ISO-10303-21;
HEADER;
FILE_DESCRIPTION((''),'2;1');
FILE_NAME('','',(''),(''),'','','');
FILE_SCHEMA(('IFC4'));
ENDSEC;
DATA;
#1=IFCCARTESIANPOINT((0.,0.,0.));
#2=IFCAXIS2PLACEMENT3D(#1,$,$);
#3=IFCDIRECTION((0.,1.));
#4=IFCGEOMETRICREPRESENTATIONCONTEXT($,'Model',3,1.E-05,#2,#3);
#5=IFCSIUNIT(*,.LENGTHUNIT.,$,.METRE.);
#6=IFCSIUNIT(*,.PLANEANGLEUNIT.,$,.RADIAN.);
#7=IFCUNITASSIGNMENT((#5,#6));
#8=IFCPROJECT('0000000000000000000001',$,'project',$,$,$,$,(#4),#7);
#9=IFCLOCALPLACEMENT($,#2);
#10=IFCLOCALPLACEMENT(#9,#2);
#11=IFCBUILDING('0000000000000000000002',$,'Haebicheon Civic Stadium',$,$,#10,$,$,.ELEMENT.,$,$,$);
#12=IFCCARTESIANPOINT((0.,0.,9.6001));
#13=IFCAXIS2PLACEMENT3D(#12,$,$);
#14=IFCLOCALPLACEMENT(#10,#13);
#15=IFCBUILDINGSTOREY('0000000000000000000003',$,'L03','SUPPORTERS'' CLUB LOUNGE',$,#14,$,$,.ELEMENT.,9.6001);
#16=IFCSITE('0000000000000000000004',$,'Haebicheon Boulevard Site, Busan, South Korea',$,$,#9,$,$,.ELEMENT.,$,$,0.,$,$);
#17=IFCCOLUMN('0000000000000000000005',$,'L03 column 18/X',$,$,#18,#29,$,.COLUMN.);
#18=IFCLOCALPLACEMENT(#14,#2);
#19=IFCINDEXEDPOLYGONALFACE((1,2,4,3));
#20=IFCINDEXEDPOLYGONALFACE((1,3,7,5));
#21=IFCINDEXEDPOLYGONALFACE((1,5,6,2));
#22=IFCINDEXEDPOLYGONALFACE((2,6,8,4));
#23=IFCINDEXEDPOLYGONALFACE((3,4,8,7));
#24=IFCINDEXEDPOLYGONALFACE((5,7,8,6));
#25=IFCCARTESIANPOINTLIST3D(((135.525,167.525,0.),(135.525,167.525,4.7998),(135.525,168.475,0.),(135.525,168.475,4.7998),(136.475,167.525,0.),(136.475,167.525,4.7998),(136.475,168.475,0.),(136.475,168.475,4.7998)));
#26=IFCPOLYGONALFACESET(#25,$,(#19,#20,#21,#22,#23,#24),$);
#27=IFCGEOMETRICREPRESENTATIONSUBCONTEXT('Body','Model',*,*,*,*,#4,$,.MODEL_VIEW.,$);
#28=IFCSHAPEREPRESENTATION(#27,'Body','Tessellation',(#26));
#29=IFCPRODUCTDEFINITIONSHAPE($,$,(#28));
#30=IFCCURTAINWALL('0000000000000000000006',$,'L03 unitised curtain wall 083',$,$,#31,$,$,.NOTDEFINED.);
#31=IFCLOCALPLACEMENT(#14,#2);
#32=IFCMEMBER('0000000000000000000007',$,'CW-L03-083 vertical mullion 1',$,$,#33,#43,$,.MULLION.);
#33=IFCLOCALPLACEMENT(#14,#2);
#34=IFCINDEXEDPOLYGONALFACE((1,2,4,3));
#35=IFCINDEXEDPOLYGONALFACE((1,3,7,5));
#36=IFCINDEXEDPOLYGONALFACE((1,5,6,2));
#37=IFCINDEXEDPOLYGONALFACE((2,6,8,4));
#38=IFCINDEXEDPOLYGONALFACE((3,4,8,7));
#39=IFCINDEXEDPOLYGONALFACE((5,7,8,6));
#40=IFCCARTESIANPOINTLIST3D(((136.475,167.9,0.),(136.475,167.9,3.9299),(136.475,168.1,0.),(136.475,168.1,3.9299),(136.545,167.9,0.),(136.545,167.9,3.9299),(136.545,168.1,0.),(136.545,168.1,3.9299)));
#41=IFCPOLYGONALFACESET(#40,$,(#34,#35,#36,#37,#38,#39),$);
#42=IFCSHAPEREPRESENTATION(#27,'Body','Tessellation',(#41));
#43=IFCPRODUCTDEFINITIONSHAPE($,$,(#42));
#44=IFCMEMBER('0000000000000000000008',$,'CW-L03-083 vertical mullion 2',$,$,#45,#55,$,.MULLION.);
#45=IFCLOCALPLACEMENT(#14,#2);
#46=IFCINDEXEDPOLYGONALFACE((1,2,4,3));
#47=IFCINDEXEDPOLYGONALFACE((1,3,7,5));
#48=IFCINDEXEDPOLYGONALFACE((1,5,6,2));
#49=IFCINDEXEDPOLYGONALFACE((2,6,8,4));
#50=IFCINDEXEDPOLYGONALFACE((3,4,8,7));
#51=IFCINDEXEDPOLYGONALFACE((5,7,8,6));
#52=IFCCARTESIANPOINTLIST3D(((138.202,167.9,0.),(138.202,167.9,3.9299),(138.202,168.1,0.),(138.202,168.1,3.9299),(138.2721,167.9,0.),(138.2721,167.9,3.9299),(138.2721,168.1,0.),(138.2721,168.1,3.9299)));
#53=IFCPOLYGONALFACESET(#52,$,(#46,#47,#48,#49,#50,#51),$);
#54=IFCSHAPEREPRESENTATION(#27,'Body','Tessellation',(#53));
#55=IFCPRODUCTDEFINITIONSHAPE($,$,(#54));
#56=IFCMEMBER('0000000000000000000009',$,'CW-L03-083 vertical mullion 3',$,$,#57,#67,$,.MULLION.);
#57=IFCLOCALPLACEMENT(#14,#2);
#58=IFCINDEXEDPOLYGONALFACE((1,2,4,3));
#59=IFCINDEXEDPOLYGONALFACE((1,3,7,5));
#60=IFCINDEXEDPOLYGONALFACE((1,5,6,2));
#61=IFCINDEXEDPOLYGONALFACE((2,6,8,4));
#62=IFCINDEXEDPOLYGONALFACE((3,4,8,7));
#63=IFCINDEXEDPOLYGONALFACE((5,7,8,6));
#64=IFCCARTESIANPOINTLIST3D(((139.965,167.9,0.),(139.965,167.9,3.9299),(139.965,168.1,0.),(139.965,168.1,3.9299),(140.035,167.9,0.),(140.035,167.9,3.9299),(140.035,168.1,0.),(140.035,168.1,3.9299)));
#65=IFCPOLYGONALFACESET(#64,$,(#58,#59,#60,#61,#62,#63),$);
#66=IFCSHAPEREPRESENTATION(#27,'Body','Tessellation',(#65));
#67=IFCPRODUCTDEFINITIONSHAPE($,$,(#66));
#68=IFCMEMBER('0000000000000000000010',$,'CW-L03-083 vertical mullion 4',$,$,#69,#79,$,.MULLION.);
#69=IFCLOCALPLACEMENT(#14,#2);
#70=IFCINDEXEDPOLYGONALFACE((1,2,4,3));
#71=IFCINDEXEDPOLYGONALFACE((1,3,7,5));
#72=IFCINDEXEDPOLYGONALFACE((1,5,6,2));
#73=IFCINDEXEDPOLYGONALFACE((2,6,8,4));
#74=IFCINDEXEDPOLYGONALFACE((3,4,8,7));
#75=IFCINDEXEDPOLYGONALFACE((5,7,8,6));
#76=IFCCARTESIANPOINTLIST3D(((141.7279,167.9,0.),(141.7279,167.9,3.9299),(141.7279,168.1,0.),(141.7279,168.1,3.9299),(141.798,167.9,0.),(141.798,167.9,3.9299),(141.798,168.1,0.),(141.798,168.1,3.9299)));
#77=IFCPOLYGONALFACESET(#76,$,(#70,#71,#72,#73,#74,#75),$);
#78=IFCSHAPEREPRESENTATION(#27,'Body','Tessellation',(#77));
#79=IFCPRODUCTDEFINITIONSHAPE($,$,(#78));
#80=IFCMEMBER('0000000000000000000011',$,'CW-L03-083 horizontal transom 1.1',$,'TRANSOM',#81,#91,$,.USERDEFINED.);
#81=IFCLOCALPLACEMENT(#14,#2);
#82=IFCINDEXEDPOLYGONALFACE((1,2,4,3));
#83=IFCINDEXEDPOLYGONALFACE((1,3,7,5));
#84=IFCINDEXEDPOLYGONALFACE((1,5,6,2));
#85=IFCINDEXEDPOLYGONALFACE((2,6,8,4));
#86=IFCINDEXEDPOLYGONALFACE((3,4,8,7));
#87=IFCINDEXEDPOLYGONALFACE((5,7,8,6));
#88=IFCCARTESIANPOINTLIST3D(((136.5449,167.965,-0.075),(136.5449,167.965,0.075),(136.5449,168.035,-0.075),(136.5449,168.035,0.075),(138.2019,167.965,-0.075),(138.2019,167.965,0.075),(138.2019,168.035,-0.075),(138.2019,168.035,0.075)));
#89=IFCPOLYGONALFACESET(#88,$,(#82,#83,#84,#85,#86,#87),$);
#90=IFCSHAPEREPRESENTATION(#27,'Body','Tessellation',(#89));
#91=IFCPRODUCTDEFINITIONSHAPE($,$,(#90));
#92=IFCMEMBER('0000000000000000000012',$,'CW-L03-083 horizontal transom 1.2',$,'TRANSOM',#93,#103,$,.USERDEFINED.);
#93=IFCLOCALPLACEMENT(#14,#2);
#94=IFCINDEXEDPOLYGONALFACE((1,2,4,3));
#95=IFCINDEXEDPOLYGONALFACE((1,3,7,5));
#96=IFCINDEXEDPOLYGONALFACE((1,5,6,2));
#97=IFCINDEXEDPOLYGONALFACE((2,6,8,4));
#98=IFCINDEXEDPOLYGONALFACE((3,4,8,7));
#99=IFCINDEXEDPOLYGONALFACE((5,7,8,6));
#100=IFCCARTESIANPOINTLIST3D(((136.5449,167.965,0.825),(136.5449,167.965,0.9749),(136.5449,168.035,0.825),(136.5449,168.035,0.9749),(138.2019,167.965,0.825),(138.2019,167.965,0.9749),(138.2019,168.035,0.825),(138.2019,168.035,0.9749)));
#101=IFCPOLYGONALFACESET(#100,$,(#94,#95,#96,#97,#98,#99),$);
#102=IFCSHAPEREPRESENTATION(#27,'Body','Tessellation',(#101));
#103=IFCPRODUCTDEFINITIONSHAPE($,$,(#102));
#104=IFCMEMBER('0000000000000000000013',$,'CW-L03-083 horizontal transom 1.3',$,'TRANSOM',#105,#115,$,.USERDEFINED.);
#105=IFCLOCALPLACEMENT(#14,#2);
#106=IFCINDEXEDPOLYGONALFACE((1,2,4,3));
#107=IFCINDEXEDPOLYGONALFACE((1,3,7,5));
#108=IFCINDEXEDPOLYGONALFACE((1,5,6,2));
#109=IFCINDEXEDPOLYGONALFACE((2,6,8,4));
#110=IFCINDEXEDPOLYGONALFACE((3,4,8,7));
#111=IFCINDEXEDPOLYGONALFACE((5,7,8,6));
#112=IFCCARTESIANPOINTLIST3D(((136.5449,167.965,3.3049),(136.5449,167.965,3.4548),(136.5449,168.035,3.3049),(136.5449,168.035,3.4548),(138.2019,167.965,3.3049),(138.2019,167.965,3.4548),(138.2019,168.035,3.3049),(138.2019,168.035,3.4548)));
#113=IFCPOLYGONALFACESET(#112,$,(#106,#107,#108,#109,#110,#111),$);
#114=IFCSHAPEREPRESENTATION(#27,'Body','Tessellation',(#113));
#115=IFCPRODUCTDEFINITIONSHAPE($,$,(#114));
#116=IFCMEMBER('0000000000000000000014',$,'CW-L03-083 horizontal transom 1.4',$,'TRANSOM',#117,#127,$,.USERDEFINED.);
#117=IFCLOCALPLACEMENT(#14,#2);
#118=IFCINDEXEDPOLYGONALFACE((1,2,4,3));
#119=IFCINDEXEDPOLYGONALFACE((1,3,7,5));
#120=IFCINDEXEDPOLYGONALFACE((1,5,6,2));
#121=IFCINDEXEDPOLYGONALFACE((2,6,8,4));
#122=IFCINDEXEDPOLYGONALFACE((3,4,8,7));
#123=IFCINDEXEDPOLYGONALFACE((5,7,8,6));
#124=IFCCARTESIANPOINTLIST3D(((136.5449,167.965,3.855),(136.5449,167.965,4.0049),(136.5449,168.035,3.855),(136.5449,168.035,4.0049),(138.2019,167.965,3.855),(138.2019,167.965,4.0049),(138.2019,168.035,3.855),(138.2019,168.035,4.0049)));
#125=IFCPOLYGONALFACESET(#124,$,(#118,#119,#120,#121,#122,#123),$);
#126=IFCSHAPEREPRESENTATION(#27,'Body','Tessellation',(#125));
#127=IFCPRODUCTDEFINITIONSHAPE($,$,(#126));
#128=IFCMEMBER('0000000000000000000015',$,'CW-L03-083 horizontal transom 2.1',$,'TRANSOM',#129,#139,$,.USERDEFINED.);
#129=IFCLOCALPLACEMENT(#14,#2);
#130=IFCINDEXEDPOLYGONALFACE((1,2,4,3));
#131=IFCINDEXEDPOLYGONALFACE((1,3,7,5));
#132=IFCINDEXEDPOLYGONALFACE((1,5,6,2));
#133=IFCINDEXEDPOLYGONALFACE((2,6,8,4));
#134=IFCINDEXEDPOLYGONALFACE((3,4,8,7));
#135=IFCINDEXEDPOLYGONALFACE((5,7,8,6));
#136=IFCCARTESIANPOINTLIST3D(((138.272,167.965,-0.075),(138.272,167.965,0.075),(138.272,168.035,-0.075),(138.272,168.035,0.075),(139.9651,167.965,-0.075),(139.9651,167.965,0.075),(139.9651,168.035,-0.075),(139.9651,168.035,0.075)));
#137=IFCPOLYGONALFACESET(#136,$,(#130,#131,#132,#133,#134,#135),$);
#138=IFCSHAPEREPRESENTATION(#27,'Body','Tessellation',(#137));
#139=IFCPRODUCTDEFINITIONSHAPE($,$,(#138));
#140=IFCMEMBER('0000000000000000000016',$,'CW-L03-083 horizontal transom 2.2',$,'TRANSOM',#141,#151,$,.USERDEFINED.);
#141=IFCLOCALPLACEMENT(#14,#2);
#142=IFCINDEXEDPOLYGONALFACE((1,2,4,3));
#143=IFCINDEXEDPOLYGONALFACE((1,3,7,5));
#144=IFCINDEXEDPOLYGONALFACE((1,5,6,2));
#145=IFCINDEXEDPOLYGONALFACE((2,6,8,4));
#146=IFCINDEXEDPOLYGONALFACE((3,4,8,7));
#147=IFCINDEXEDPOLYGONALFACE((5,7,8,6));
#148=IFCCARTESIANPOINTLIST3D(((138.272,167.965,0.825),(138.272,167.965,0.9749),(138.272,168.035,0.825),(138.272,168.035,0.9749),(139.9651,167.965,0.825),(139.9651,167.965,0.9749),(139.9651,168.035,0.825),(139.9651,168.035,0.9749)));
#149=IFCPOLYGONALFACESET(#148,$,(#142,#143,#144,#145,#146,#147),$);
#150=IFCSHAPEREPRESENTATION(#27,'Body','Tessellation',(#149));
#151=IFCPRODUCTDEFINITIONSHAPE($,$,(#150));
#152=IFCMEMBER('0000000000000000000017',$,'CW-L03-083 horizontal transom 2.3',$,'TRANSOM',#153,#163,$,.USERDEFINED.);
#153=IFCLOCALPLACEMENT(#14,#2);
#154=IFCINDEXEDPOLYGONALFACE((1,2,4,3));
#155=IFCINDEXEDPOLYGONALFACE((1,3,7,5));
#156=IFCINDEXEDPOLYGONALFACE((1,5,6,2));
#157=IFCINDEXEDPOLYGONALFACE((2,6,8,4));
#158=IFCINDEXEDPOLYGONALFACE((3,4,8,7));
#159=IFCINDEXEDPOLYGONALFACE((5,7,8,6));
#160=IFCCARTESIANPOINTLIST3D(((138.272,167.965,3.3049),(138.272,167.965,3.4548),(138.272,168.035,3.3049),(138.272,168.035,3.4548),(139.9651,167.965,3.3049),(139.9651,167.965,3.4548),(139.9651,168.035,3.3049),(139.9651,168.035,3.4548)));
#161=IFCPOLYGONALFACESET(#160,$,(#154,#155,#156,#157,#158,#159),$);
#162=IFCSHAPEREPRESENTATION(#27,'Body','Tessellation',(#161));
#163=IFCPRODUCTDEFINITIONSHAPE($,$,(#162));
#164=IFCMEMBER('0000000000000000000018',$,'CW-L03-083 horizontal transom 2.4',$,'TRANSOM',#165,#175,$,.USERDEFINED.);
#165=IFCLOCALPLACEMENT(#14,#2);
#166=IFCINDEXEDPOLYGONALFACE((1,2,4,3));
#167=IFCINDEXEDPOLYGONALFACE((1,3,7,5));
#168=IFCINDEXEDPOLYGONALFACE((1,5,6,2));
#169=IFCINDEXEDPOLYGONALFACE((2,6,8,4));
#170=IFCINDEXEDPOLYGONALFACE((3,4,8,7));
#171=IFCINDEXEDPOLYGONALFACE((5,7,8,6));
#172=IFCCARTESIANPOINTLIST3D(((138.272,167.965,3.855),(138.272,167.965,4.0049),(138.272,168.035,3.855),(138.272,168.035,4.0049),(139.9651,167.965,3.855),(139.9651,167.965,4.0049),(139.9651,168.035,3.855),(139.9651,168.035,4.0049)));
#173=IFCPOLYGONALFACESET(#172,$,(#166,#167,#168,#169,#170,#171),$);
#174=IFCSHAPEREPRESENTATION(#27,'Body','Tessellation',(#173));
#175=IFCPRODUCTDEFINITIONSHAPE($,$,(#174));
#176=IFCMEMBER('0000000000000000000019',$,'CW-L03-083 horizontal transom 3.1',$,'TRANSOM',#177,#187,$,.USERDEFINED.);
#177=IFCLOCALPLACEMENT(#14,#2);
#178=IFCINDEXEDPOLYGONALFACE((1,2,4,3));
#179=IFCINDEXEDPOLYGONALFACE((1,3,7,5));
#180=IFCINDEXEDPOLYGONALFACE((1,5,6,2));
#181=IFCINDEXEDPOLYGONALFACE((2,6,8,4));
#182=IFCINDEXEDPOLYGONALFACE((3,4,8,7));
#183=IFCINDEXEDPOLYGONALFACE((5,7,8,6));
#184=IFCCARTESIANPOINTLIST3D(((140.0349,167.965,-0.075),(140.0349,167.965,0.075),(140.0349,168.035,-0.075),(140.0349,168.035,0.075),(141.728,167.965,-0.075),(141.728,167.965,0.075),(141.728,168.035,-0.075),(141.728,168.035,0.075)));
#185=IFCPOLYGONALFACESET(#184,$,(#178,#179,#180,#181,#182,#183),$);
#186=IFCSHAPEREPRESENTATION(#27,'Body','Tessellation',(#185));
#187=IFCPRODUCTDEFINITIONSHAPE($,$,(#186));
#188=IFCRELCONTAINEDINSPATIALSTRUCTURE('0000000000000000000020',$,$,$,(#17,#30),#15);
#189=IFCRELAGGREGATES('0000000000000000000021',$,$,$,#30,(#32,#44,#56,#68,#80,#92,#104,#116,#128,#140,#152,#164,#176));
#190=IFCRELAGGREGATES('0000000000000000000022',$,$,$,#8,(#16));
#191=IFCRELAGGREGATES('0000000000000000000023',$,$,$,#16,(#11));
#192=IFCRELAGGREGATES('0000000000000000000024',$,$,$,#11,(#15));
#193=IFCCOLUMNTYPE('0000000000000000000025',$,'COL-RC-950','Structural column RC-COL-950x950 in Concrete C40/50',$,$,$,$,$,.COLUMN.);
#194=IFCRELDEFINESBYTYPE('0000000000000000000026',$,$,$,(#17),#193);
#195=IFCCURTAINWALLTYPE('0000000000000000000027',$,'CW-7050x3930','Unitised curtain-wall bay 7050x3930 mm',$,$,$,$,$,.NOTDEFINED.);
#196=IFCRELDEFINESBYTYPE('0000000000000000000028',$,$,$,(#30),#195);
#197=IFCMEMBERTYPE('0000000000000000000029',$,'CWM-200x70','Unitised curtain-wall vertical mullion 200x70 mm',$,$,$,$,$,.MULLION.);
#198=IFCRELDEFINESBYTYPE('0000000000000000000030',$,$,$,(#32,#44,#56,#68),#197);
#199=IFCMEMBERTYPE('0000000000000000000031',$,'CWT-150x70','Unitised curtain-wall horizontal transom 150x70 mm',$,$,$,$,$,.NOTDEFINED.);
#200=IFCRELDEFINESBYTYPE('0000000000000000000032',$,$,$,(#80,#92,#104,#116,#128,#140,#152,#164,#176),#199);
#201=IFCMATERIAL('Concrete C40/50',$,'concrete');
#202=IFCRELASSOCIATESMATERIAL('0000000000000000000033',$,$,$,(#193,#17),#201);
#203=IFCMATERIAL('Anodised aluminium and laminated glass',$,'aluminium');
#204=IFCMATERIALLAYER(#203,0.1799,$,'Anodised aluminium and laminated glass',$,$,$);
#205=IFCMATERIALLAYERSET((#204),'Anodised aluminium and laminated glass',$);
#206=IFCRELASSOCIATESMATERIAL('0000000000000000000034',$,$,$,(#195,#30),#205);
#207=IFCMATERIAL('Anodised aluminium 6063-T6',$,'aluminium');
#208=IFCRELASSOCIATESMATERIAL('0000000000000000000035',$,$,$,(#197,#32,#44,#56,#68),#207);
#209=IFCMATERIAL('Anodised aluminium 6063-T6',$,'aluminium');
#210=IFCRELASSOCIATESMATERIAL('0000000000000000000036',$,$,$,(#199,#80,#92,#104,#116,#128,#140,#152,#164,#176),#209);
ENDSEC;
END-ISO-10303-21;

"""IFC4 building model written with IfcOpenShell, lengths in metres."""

from ifc_helpers import new_model, si_unit, direction, frame, origin, origin_2d, place, context, subcontext, project, spatial, rectangle, extrude, material, layer, layer_set, material_profile, profile_set, type_object, element, aggregate, save


model = new_model("IFC4")

# Units and contexts
model_context = context("Model", 3, precision=1e-05, world=origin(), true_north=direction((0.0, 1.0)))
body_context = subcontext(model_context, "Body", "Model", "MODEL_VIEW")
ifc_project = project(units=[si_unit("LENGTHUNIT", "METRE"), si_unit("PLANEANGLEUNIT", "RADIAN")], contexts=[model_context])

# Site, building, storey
site_placement = place(None, origin())
site = spatial("IfcSite", under=ifc_project, at=site_placement, Name="Haebicheon Boulevard Site, Busan, South Korea", CompositionType="ELEMENT", RefElevation=0.0)
building_placement = place(site_placement, origin())
building = spatial("IfcBuilding", under=site, at=building_placement, Name="Haebicheon Civic Stadium", CompositionType="ELEMENT")
storey_placement = place(building_placement, frame((0.0, 0.0, 9.6001)))
storey = spatial("IfcBuildingStorey", under=building, at=storey_placement, Name="L03", Description="SUPPORTERS' CLUB LOUNGE", CompositionType="ELEMENT", Elevation=9.6001)

# Column
ifc_material_1 = material(Name="Concrete C40/50", Category="concrete")
ifc_material_profile_1 = material_profile(ifc_material_1, rectangle(XDim=0.95, YDim=0.95, at=origin_2d()), Name="RC-COL-950x950")
ifc_profile_set_1 = profile_set([ifc_material_profile_1], Name="Concrete C40/50")
column_type = type_object("IfcColumnType", Name="COL-RC-950", Description="Structural column RC-COL-950x950 in Concrete C40/50", PredefinedType="COLUMN", material=ifc_profile_set_1)
column_placement = place(storey_placement, frame((136.0, 168.0, 0.0), z_axis=(0.0, 0.0, 1.0), x_axis=(1.0, 0.0, 0.0)))
element("IfcColumn", 1, at=column_placement, inside=storey, type_object=column_type, material=ifc_profile_set_1, Name="L03 column 18/X", PredefinedType="COLUMN", context=body_context, shape_type="SweptSolid", body=[
    extrude(rectangle(XDim=0.95, YDim=0.95, at=origin_2d()), origin(), (0.0, 0.0, 1.0), 4.7998),
])

# Curtain wall, members
ifc_material_2 = material(Name="Anodised aluminium and laminated glass", Category="aluminium")
ifc_layer_1 = layer(ifc_material_2, 0.1799, Name="Anodised aluminium and laminated glass")
ifc_layer_set_1 = layer_set([ifc_layer_1], Name="Anodised aluminium and laminated glass")
curtain_wall_type = type_object("IfcCurtainWallType", Name="CW-7050x3930", Description="Unitised curtain-wall bay 7050x3930 mm", PredefinedType="NOTDEFINED", material=ifc_layer_set_1)
curtain_wall_placement = place(storey_placement, origin())
curtain_wall = element("IfcCurtainWall", 2, at=curtain_wall_placement, inside=storey, type_object=curtain_wall_type, material=ifc_layer_set_1, Name="L03 unitised curtain wall 083", PredefinedType="NOTDEFINED")
ifc_material_3 = material(Name="Anodised aluminium 6063-T6", Category="aluminium")
ifc_material_profile_2 = material_profile(ifc_material_3, rectangle(XDim=0.0701, YDim=0.2, at=origin_2d()), Name="ALU-MULL-70x200")
ifc_profile_set_2 = profile_set([ifc_material_profile_2], Name="Anodised aluminium 6063-T6")
member_type_1 = type_object("IfcMemberType", Name="CWM-200x70", Description="Unitised curtain-wall vertical mullion 200x70 mm", PredefinedType="MULLION", material=ifc_profile_set_2)
member_1_placement = place(storey_placement, frame((136.51, 168.0, 0.0), z_axis=(0.0, 0.0, 1.0), x_axis=(1.0, 0.0, 0.0)))
member_1 = element("IfcMember", 3, at=member_1_placement, type_object=member_type_1, material=ifc_profile_set_2, Name="CW-L03-083 vertical mullion 1", PredefinedType="MULLION", context=body_context, shape_type="SweptSolid", body=[
    extrude(rectangle(XDim=0.0701, YDim=0.2, at=origin_2d()), origin(), (0.0, 0.0, 1.0), 3.9299),
])
member_2_placement = place(storey_placement, frame((138.2371, 168.0, 0.0), z_axis=(0.0, 0.0, 1.0), x_axis=(1.0, 0.0, 0.0)))
member_2 = element("IfcMember", 4, at=member_2_placement, type_object=member_type_1, material=ifc_profile_set_2, Name="CW-L03-083 vertical mullion 2", PredefinedType="MULLION", context=body_context, shape_type="SweptSolid", body=[
    extrude(rectangle(XDim=0.0701, YDim=0.2, at=origin_2d()), origin(), (0.0, 0.0, 1.0), 3.9299),
])
member_3_placement = place(storey_placement, frame((140.0, 168.0, 0.0), z_axis=(0.0, 0.0, 1.0), x_axis=(1.0, 0.0, 0.0)))
member_3 = element("IfcMember", 5, at=member_3_placement, type_object=member_type_1, material=ifc_profile_set_2, Name="CW-L03-083 vertical mullion 3", PredefinedType="MULLION", context=body_context, shape_type="SweptSolid", body=[
    extrude(rectangle(XDim=0.0701, YDim=0.2, at=origin_2d()), origin(), (0.0, 0.0, 1.0), 3.9299),
])
member_4_placement = place(storey_placement, frame((141.7629, 168.0, 0.0), z_axis=(0.0, 0.0, 1.0), x_axis=(1.0, 0.0, 0.0)))
member_4 = element("IfcMember", 6, at=member_4_placement, type_object=member_type_1, material=ifc_profile_set_2, Name="CW-L03-083 vertical mullion 4", PredefinedType="MULLION", context=body_context, shape_type="SweptSolid", body=[
    extrude(rectangle(XDim=0.0701, YDim=0.2, at=origin_2d()), origin(), (0.0, 0.0, 1.0), 3.9299),
])
ifc_material_4 = material(Name="Anodised aluminium 6063-T6", Category="aluminium")
ifc_material_profile_3 = material_profile(ifc_material_4, rectangle(XDim=0.0701, YDim=0.1499, at=origin_2d()), Name="ALU-TRAN-70x150")
ifc_profile_set_3 = profile_set([ifc_material_profile_3], Name="Anodised aluminium 6063-T6")
member_type_2 = type_object("IfcMemberType", Name="CWT-150x70", Description="Unitised curtain-wall horizontal transom 150x70 mm", PredefinedType="NOTDEFINED", material=ifc_profile_set_3)
member_5_placement = place(storey_placement, frame((136.5449, 168.0, 0.0), z_axis=(1.0, 0.0, 0.0), x_axis=(0.0, 1.0, 0.0)))
member_5 = element("IfcMember", 7, at=member_5_placement, type_object=member_type_2, material=ifc_profile_set_3, Name="CW-L03-083 horizontal transom 1.1", ObjectType="TRANSOM", PredefinedType="USERDEFINED", context=body_context, shape_type="SweptSolid", body=[
    extrude(rectangle(XDim=0.0701, YDim=0.1499, at=origin_2d()), origin(), (0.0, 0.0, 1.0), 1.657),
])
member_6_placement = place(storey_placement, frame((136.5449, 168.0, 0.8999), z_axis=(1.0, 0.0, 0.0), x_axis=(0.0, 1.0, 0.0)))
member_6 = element("IfcMember", 8, at=member_6_placement, type_object=member_type_2, material=ifc_profile_set_3, Name="CW-L03-083 horizontal transom 1.2", ObjectType="TRANSOM", PredefinedType="USERDEFINED", context=body_context, shape_type="SweptSolid", body=[
    extrude(rectangle(XDim=0.0701, YDim=0.1499, at=origin_2d()), origin(), (0.0, 0.0, 1.0), 1.657),
])
member_7_placement = place(storey_placement, frame((136.5449, 168.0, 3.3799), z_axis=(1.0, 0.0, 0.0), x_axis=(0.0, 1.0, 0.0)))
member_7 = element("IfcMember", 9, at=member_7_placement, type_object=member_type_2, material=ifc_profile_set_3, Name="CW-L03-083 horizontal transom 1.3", ObjectType="TRANSOM", PredefinedType="USERDEFINED", context=body_context, shape_type="SweptSolid", body=[
    extrude(rectangle(XDim=0.0701, YDim=0.1499, at=origin_2d()), origin(), (0.0, 0.0, 1.0), 1.657),
])
member_8_placement = place(storey_placement, frame((136.5449, 168.0, 3.9299), z_axis=(1.0, 0.0, 0.0), x_axis=(0.0, 1.0, 0.0)))
member_8 = element("IfcMember", 10, at=member_8_placement, type_object=member_type_2, material=ifc_profile_set_3, Name="CW-L03-083 horizontal transom 1.4", ObjectType="TRANSOM", PredefinedType="USERDEFINED", context=body_context, shape_type="SweptSolid", body=[
    extrude(rectangle(XDim=0.0701, YDim=0.1499, at=origin_2d()), origin(), (0.0, 0.0, 1.0), 1.657),
])
member_9_placement = place(storey_placement, frame((138.272, 168.0, 0.0), z_axis=(1.0, 0.0, 0.0), x_axis=(0.0, 1.0, 0.0)))
member_9 = element("IfcMember", 11, at=member_9_placement, type_object=member_type_2, material=ifc_profile_set_3, Name="CW-L03-083 horizontal transom 2.1", ObjectType="TRANSOM", PredefinedType="USERDEFINED", context=body_context, shape_type="SweptSolid", body=[
    extrude(rectangle(XDim=0.0701, YDim=0.1499, at=origin_2d()), origin(), (0.0, 0.0, 1.0), 1.6931),
])
member_10_placement = place(storey_placement, frame((138.272, 168.0, 0.8999), z_axis=(1.0, 0.0, 0.0), x_axis=(0.0, 1.0, 0.0)))
member_10 = element("IfcMember", 12, at=member_10_placement, type_object=member_type_2, material=ifc_profile_set_3, Name="CW-L03-083 horizontal transom 2.2", ObjectType="TRANSOM", PredefinedType="USERDEFINED", context=body_context, shape_type="SweptSolid", body=[
    extrude(rectangle(XDim=0.0701, YDim=0.1499, at=origin_2d()), origin(), (0.0, 0.0, 1.0), 1.6931),
])
member_11_placement = place(storey_placement, frame((138.272, 168.0, 3.3799), z_axis=(1.0, 0.0, 0.0), x_axis=(0.0, 1.0, 0.0)))
member_11 = element("IfcMember", 13, at=member_11_placement, type_object=member_type_2, material=ifc_profile_set_3, Name="CW-L03-083 horizontal transom 2.3", ObjectType="TRANSOM", PredefinedType="USERDEFINED", context=body_context, shape_type="SweptSolid", body=[
    extrude(rectangle(XDim=0.0701, YDim=0.1499, at=origin_2d()), origin(), (0.0, 0.0, 1.0), 1.6931),
])
member_12_placement = place(storey_placement, frame((138.272, 168.0, 3.9299), z_axis=(1.0, 0.0, 0.0), x_axis=(0.0, 1.0, 0.0)))
member_12 = element("IfcMember", 14, at=member_12_placement, type_object=member_type_2, material=ifc_profile_set_3, Name="CW-L03-083 horizontal transom 2.4", ObjectType="TRANSOM", PredefinedType="USERDEFINED", context=body_context, shape_type="SweptSolid", body=[
    extrude(rectangle(XDim=0.0701, YDim=0.1499, at=origin_2d()), origin(), (0.0, 0.0, 1.0), 1.6931),
])
member_13_placement = place(storey_placement, frame((140.0349, 168.0, 0.0), z_axis=(1.0, 0.0, 0.0), x_axis=(0.0, 1.0, 0.0)))
member_13 = element("IfcMember", 15, at=member_13_placement, type_object=member_type_2, material=ifc_profile_set_3, Name="CW-L03-083 horizontal transom 3.1", ObjectType="TRANSOM", PredefinedType="USERDEFINED", context=body_context, shape_type="SweptSolid", body=[
    extrude(rectangle(XDim=0.0701, YDim=0.1499, at=origin_2d()), origin(), (0.0, 0.0, 1.0), 1.6931),
])

aggregate(curtain_wall, [member_1, member_2, member_3, member_4, member_5, member_6, member_7, member_8, member_9, member_10, member_11, member_12, member_13])

save(model, "model.ifc")
